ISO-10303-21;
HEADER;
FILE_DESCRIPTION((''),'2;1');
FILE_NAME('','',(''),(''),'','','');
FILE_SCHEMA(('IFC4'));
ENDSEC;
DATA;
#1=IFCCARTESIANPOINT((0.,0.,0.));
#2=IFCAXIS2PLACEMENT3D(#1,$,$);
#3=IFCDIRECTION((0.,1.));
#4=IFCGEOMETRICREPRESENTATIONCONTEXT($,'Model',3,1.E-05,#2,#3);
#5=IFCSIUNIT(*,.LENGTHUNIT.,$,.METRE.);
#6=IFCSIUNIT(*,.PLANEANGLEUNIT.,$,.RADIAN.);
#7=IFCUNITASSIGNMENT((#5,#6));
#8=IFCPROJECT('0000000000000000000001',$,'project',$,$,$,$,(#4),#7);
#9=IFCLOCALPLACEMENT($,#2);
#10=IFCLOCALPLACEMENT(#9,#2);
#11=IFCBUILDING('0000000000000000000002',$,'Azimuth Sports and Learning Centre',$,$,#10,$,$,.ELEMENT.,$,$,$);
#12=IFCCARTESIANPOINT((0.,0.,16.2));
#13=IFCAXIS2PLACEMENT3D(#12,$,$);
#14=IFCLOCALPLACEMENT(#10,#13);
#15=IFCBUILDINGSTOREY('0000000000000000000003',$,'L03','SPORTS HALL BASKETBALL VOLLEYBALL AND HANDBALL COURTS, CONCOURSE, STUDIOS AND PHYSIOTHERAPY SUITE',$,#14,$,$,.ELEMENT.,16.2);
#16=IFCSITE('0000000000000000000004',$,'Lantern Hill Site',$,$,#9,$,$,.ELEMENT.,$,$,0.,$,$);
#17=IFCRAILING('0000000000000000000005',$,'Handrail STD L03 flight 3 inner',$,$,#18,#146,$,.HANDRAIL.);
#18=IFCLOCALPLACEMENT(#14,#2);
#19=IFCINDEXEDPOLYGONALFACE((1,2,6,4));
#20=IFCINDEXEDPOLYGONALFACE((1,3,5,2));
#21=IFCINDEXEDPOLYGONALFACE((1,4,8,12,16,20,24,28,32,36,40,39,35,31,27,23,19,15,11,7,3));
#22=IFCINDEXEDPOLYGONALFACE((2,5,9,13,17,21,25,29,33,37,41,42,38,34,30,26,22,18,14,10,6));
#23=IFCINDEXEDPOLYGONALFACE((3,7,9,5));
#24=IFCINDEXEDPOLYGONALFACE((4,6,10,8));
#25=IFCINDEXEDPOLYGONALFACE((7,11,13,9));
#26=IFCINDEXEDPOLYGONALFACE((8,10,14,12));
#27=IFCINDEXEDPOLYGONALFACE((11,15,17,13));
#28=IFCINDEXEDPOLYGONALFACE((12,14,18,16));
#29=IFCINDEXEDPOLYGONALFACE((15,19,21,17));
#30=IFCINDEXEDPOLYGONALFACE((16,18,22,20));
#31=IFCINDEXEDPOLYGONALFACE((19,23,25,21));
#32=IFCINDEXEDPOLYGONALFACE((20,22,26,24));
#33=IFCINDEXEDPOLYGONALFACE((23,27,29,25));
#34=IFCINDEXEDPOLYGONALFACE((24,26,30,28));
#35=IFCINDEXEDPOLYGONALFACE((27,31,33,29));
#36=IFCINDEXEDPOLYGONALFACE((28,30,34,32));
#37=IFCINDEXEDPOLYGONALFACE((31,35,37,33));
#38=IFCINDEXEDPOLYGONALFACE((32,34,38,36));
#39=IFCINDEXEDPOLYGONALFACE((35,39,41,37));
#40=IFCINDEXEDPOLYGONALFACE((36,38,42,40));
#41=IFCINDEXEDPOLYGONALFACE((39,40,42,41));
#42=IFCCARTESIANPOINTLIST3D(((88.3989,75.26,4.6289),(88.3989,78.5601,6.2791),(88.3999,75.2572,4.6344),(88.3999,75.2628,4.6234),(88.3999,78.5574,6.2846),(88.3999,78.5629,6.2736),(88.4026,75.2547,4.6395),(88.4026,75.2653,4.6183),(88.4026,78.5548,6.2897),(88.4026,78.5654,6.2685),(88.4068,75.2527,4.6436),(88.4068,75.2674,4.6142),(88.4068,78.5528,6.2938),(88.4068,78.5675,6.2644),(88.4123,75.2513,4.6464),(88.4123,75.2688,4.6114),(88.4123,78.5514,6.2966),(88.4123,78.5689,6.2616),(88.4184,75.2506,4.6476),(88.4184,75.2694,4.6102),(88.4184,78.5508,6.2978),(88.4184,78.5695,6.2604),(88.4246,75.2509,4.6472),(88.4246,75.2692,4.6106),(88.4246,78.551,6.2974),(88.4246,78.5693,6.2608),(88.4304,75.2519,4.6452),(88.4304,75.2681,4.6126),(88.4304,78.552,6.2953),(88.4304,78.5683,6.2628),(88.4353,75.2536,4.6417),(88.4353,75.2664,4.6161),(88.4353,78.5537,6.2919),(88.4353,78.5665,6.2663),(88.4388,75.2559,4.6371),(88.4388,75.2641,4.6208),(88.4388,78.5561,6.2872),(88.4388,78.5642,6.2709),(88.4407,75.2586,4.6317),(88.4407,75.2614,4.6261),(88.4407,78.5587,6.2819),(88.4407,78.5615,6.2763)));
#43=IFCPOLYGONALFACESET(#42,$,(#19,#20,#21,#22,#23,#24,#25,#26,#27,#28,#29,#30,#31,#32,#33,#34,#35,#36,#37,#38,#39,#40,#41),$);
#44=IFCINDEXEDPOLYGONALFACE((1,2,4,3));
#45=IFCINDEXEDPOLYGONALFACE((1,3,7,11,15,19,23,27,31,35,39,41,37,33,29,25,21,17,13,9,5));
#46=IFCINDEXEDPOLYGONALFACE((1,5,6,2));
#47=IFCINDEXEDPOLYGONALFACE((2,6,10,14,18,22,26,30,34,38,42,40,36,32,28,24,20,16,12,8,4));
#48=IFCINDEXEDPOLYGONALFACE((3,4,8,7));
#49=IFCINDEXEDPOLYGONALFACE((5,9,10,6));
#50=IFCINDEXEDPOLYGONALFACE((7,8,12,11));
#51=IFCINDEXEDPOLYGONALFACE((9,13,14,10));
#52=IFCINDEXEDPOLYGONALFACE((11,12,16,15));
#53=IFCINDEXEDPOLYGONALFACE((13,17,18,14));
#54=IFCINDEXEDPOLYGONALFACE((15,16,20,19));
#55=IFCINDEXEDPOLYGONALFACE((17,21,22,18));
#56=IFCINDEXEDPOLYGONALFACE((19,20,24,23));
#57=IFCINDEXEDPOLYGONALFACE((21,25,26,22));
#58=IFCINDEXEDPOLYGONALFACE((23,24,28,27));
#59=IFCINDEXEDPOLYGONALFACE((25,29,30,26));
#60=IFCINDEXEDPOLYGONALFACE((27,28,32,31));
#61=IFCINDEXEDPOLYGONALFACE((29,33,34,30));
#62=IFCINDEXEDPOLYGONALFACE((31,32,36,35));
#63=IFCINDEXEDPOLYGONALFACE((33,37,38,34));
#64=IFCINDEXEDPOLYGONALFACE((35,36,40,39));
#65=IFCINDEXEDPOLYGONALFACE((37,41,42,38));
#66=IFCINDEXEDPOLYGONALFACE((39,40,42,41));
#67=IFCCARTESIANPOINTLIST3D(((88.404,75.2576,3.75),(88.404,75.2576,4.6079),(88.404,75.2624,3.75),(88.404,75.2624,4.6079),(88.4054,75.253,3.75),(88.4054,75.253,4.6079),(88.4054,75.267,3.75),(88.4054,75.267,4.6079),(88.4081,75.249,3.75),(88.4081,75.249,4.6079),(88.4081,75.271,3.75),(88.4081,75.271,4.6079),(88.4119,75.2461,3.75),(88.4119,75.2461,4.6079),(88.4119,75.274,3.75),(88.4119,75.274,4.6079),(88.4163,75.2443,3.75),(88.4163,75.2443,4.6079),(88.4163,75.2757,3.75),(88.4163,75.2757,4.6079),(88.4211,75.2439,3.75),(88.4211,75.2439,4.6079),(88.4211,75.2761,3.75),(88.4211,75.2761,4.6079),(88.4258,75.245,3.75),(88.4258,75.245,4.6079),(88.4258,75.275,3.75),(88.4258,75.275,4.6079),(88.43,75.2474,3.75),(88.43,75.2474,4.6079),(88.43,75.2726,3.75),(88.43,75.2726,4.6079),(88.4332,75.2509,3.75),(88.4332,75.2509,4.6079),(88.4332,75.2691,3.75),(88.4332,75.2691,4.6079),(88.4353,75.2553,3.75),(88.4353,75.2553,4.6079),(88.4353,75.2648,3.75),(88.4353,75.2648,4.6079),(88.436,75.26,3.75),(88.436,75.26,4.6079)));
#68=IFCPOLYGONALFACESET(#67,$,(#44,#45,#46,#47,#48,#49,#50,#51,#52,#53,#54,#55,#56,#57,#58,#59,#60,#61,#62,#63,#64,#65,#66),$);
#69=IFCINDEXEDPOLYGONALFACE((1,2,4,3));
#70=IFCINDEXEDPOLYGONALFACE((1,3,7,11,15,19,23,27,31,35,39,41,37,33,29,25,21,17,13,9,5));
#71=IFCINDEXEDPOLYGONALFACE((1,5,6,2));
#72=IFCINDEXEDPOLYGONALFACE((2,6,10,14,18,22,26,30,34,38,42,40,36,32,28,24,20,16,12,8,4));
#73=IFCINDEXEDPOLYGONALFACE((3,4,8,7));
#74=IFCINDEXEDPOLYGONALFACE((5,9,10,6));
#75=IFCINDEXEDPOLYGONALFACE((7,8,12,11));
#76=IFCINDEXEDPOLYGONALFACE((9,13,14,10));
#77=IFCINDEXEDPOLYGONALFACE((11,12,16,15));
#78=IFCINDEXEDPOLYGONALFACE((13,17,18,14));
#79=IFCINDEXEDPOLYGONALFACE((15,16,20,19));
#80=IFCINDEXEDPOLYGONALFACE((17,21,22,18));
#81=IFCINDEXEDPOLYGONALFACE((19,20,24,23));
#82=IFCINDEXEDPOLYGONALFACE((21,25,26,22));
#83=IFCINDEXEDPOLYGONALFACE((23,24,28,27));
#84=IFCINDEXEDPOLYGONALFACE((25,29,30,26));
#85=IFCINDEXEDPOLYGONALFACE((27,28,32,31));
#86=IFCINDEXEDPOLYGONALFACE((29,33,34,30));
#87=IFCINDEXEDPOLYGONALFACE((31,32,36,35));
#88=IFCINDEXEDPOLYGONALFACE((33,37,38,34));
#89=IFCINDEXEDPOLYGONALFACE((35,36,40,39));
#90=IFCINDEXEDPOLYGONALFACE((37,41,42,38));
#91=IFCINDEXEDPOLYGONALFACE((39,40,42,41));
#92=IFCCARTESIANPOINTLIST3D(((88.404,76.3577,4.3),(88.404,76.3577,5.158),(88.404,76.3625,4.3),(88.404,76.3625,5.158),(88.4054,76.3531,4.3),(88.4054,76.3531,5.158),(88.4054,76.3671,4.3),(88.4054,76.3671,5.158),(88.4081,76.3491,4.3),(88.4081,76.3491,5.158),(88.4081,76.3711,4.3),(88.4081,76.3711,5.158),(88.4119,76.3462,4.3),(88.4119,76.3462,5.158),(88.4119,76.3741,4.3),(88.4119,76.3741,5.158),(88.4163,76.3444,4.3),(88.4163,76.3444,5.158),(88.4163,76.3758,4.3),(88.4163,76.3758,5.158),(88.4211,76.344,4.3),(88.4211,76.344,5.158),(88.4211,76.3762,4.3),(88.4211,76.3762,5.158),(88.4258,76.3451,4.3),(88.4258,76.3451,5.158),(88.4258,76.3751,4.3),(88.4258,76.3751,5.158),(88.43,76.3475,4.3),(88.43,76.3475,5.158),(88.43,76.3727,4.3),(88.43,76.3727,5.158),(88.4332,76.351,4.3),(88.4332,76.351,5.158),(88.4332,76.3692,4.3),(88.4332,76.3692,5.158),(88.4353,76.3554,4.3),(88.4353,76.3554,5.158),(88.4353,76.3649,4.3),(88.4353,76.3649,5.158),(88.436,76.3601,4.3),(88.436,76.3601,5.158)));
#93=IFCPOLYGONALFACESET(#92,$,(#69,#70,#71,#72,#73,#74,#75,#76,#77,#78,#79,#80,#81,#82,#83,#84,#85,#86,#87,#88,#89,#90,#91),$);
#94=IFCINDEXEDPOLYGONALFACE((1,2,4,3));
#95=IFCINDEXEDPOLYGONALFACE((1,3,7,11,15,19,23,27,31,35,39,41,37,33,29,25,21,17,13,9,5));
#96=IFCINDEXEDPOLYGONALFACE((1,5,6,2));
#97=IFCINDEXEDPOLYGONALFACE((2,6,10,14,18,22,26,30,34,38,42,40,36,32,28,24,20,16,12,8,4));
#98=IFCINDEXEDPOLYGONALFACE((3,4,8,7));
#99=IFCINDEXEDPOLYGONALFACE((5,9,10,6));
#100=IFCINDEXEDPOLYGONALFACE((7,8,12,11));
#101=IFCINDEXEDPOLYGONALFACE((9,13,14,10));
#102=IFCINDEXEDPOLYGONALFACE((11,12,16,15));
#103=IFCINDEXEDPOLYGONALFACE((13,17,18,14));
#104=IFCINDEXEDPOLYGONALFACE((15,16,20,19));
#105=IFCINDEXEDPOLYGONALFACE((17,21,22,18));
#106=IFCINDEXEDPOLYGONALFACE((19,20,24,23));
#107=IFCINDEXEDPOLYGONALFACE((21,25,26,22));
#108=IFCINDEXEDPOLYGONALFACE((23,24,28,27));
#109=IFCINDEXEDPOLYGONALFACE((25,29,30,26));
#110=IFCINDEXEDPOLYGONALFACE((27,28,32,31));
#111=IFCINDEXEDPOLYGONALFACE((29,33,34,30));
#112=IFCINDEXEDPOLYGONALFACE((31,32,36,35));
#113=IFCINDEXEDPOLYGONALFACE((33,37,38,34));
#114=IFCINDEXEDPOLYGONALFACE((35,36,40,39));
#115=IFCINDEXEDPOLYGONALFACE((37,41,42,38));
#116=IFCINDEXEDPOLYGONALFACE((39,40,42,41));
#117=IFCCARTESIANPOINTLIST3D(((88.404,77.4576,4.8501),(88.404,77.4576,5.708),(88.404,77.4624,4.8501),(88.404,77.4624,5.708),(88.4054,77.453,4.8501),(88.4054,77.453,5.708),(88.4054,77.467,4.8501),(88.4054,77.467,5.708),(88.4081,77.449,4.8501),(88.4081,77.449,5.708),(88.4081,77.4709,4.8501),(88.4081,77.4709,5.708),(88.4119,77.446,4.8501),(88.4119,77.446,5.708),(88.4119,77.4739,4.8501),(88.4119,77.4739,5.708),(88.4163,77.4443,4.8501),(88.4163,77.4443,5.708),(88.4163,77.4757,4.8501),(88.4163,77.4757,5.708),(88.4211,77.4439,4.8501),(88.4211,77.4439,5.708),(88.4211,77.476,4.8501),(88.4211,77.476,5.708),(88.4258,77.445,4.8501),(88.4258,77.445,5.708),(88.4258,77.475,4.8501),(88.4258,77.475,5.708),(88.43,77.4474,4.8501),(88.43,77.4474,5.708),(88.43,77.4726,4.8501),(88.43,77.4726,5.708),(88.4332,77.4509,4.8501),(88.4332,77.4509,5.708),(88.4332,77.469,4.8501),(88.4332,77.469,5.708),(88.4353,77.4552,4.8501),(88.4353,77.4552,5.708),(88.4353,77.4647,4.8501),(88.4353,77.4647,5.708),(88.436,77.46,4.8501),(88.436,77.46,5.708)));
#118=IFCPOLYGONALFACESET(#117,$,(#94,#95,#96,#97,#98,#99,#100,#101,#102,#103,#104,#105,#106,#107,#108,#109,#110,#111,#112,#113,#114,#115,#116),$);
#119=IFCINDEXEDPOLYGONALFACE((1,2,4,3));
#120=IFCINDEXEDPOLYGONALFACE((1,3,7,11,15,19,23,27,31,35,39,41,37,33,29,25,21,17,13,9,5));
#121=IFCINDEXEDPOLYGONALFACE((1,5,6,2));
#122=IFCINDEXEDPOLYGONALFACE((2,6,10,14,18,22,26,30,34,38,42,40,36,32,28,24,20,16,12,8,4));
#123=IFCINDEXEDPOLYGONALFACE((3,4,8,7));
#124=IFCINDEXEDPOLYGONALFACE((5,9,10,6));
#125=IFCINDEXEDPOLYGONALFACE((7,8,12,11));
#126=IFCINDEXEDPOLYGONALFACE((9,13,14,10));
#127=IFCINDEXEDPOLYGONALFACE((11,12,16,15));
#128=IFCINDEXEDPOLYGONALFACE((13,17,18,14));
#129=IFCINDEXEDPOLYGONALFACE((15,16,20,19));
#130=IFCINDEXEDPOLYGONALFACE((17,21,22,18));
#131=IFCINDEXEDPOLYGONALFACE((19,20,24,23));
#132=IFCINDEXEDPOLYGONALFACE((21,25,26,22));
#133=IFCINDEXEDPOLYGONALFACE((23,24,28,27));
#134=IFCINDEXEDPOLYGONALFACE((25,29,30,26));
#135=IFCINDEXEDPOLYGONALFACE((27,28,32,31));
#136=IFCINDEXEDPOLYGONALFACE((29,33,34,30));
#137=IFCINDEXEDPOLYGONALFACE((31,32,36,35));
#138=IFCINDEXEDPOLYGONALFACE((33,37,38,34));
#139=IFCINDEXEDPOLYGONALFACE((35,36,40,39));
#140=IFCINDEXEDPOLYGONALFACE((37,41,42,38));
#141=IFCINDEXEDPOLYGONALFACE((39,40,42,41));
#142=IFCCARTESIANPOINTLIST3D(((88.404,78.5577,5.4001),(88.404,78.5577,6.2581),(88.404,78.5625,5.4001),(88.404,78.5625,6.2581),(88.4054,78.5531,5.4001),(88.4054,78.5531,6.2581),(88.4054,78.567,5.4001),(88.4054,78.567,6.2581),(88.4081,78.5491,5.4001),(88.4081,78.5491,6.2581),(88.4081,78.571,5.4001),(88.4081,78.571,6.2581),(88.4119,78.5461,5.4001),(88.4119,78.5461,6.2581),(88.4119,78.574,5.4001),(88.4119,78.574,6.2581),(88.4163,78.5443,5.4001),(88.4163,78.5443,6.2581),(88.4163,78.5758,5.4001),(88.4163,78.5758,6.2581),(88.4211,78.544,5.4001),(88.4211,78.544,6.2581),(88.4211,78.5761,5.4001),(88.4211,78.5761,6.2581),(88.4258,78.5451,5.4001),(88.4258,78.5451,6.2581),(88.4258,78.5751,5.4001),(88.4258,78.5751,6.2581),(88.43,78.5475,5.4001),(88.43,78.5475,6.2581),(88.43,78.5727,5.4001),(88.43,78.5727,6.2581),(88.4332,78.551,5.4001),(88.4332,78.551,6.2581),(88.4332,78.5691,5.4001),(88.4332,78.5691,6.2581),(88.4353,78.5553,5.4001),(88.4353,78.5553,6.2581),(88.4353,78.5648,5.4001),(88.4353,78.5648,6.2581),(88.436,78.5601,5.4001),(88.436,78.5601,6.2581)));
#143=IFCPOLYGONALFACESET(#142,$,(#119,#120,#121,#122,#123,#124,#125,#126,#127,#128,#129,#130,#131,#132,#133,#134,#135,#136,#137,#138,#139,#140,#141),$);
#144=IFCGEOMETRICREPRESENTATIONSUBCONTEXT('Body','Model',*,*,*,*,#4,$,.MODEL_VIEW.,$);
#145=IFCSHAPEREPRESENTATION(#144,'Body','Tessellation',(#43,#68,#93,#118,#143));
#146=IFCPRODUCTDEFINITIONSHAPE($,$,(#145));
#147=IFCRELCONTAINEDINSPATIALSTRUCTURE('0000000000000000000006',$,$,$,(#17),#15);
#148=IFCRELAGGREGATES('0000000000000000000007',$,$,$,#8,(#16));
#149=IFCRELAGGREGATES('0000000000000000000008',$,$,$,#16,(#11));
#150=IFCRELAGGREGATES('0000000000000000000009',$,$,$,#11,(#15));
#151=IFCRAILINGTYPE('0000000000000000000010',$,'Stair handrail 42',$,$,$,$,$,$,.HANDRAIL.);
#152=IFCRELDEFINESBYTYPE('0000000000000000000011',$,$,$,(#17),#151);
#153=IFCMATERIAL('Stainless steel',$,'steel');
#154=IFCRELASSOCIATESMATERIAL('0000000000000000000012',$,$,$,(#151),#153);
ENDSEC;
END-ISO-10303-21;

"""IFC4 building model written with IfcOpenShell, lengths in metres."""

from ifc_helpers import new_model, si_unit, direction, frame, origin, origin_2d, place, context, subcontext, project, spatial, circle, extrude, material, type_object, element, save


model = new_model("IFC4")

# Units and contexts
model_context = context("Model", 3, precision=1e-05, world=origin(), true_north=direction((0.0, 1.0)))
body_context = subcontext(model_context, "Body", "Model", "MODEL_VIEW")
ifc_project = project(units=[si_unit("LENGTHUNIT", "METRE"), si_unit("PLANEANGLEUNIT", "RADIAN")], contexts=[model_context])

# Site, building, storey
site_placement = place(None, origin())
site = spatial("IfcSite", under=ifc_project, at=site_placement, Name="Lantern Hill Site", CompositionType="ELEMENT", RefElevation=0.0)
building_placement = place(site_placement, origin())
building = spatial("IfcBuilding", under=site, at=building_placement, Name="Azimuth Sports and Learning Centre", CompositionType="ELEMENT")
storey_placement = place(building_placement, frame((0.0, 0.0, 16.2)))
storey = spatial("IfcBuildingStorey", under=building, at=storey_placement, Name="L03", Description="SPORTS HALL BASKETBALL VOLLEYBALL AND HANDBALL COURTS, CONCOURSE, STUDIOS AND PHYSIOTHERAPY SUITE", CompositionType="ELEMENT", Elevation=16.2)

# Railing
ifc_material_1 = material(Name="Stainless steel", Category="steel")
railing_type_1 = type_object("IfcRailingType", Name="Stair handrail 42", PredefinedType="HANDRAIL", material=ifc_material_1)
for number, where, name in (
    (1, (88.4199, 75.26, 3.75), "Handrail STD L03 flight 3 inner"),
):
    element("IfcRailing", number, at=place(storey_placement, frame(where)), inside=storey, type_object=railing_type_1, Name=name, PredefinedType="HANDRAIL", context=body_context, shape_type="SweptSolid", body=[
        extrude(circle(Radius=0.021, at=origin_2d()), frame((0.0, 0.0, 0.8789), z_axis=(0.0, 0.894414, 0.44724), x_axis=(-1.0, 0.0, 0.0)), (0.0, 0.0, 1.0), 3.6897),
        extrude(circle(Radius=0.0161, at=origin_2d()), origin(), (0.0, 0.0, 1.0), 0.8579),
        extrude(circle(Radius=0.0161, at=origin_2d()), frame((0.0, 1.1001, 0.55)), (0.0, 0.0, 1.0), 0.8579),
        extrude(circle(Radius=0.0161, at=origin_2d()), frame((0.0, 2.2, 1.1001)), (0.0, 0.0, 1.0), 0.8579),
        extrude(circle(Radius=0.0161, at=origin_2d()), frame((0.0, 3.3, 1.6501)), (0.0, 0.0, 1.0), 0.8579),
    ])

save(model, "model.ifc")
